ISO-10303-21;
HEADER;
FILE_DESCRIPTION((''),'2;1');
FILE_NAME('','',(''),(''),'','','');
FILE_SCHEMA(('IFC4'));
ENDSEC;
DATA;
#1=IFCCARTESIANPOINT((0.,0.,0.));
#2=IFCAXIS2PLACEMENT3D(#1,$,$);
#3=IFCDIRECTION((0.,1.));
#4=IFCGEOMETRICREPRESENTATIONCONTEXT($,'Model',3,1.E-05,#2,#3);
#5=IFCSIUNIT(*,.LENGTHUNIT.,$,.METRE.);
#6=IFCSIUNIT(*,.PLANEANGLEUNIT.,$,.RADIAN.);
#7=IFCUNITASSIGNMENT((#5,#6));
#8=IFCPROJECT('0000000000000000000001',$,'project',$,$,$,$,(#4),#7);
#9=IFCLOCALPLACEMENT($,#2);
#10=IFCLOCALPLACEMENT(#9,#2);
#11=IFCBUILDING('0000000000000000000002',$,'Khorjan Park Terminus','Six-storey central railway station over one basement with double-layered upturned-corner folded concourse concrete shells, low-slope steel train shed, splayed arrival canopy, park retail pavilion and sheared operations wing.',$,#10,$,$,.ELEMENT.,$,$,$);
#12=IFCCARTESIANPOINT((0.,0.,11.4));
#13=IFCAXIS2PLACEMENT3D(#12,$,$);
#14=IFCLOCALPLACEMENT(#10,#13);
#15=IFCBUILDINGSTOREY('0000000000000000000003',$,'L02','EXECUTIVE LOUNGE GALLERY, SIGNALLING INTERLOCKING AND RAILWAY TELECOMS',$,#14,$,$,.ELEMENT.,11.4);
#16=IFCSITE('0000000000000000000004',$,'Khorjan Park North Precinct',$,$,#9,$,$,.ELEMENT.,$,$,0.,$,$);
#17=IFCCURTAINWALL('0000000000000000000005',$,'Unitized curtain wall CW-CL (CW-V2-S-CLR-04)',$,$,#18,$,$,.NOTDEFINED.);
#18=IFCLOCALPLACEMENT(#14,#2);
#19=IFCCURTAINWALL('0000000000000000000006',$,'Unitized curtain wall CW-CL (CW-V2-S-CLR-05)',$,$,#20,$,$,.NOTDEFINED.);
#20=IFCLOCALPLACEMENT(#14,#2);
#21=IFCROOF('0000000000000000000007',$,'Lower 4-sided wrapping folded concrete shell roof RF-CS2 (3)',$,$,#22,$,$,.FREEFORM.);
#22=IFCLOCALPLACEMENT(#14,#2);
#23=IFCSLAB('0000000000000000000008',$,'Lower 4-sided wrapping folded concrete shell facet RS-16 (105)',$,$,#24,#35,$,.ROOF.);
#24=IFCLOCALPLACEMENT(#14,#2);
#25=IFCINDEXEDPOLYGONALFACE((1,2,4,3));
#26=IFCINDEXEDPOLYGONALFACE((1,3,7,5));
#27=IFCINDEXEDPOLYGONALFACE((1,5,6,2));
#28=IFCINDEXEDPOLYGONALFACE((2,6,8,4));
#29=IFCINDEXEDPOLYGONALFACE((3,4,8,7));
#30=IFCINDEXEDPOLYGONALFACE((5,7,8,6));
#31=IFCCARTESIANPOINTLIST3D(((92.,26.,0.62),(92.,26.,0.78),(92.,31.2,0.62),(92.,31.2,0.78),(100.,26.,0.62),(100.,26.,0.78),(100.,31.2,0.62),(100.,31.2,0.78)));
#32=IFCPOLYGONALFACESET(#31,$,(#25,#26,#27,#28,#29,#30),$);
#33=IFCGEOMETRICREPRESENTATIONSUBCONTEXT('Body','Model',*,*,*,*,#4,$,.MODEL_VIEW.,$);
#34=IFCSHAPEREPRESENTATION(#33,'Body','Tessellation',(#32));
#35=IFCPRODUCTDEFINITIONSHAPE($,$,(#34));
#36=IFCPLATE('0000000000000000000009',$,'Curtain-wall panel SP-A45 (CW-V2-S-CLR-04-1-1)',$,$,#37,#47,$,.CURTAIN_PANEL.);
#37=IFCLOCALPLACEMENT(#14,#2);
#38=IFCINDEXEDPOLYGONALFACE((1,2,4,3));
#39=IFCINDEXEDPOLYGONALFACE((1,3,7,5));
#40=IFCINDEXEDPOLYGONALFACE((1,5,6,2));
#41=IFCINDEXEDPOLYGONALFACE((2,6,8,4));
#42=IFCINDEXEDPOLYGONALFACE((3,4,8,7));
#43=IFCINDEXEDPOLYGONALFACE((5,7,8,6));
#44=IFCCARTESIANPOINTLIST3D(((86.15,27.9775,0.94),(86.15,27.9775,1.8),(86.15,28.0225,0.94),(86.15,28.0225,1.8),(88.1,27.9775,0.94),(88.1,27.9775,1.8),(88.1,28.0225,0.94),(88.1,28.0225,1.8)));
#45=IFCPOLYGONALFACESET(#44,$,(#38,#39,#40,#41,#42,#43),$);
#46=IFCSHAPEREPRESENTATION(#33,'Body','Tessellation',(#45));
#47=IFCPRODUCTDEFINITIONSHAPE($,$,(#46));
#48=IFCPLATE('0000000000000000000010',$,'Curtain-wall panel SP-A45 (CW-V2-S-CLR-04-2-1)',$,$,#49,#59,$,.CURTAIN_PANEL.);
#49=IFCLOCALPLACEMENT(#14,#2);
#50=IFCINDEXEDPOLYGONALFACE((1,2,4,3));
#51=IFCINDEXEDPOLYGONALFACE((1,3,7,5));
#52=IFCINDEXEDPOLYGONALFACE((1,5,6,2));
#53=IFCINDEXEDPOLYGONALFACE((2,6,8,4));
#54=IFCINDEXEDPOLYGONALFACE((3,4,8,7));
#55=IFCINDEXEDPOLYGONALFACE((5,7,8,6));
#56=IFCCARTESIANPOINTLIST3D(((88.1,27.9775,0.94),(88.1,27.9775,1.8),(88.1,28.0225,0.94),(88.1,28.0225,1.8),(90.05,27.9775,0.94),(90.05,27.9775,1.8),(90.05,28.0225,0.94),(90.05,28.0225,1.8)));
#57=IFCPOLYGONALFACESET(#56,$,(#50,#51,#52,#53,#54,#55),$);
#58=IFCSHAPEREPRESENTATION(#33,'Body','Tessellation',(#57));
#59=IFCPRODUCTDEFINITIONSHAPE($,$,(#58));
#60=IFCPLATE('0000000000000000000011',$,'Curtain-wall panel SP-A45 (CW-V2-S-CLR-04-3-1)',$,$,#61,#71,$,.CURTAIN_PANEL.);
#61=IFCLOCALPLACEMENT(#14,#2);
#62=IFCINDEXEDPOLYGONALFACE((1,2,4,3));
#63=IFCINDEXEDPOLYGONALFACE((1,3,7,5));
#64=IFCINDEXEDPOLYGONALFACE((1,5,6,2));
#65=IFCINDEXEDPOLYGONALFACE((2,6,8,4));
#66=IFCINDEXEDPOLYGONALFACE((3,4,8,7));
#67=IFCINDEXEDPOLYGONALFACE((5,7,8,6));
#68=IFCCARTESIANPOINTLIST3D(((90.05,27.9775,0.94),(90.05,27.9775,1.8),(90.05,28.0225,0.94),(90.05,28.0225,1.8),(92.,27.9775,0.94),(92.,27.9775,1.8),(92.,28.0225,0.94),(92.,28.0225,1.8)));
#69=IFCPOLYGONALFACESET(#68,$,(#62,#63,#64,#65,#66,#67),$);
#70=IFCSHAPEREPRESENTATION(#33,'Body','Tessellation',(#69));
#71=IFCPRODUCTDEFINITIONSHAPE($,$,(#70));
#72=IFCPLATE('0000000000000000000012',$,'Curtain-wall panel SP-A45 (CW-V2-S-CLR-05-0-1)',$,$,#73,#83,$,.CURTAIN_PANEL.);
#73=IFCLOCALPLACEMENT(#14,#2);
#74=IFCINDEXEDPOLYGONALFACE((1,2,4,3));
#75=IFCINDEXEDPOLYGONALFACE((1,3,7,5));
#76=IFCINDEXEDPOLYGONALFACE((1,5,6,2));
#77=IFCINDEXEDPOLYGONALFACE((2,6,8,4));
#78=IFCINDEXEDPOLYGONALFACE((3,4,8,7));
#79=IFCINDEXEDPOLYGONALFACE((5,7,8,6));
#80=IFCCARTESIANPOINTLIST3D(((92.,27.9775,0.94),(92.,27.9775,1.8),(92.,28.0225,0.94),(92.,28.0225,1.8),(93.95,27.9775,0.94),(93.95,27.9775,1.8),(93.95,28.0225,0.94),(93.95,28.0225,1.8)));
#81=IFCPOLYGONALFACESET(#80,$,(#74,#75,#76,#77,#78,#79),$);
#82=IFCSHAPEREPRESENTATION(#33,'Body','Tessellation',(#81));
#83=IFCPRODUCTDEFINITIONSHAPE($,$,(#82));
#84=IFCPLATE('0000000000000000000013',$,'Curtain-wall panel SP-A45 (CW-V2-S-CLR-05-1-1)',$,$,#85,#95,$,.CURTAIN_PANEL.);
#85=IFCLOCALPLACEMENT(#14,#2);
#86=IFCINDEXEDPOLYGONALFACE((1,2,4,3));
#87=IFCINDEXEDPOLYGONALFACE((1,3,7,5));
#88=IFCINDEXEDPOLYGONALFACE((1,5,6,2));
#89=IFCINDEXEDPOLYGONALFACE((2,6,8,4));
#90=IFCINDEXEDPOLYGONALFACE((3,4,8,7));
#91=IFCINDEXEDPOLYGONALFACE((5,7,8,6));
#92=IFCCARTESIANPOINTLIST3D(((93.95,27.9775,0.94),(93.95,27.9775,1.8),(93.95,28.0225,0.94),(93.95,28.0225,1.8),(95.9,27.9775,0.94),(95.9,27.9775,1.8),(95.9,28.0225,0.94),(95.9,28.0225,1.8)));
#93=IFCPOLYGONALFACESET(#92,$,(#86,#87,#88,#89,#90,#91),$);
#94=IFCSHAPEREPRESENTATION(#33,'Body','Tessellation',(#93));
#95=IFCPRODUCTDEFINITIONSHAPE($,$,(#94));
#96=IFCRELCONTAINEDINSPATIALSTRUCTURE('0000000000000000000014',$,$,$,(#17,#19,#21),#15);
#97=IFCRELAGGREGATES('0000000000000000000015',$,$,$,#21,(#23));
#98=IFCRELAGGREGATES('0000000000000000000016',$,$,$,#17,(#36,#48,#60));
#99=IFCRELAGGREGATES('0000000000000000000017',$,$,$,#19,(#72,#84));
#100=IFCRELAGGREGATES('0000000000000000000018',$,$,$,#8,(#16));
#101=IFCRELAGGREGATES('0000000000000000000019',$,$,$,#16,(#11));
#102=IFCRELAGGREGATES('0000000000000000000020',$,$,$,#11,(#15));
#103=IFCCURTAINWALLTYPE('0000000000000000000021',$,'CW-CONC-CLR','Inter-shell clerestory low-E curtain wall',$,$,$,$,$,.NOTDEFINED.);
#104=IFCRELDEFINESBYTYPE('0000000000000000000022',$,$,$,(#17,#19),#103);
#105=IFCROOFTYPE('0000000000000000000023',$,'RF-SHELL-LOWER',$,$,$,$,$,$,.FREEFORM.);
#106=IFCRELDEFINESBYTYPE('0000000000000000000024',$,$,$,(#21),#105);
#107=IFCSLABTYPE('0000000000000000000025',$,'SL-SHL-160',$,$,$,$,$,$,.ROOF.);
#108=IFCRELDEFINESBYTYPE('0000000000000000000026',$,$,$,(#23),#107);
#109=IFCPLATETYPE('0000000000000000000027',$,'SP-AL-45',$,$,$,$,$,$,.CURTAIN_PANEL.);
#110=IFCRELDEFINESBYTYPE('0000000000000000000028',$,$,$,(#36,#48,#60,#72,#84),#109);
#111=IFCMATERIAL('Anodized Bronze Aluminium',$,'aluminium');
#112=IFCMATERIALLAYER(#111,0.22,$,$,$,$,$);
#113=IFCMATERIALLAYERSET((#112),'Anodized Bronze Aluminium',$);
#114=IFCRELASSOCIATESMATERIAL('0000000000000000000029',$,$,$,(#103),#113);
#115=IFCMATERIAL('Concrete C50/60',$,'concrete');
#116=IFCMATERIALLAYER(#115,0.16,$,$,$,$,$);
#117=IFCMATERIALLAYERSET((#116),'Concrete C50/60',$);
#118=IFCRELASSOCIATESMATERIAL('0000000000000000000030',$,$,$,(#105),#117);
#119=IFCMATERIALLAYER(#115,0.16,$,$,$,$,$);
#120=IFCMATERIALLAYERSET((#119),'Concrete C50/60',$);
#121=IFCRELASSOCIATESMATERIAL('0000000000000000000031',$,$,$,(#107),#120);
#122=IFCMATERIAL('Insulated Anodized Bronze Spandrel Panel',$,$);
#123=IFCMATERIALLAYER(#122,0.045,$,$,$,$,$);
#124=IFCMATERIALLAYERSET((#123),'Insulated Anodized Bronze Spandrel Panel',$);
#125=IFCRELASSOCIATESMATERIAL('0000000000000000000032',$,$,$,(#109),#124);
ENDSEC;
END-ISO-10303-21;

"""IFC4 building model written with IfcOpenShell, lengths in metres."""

from ifc_helpers import new_model, si_unit, direction, frame, origin, origin_2d, place, context, subcontext, project, spatial, polyline, rectangle, outline, extrude, material, layer, layer_set, type_object, element, aggregate, save


model = new_model("IFC4")

# Units and contexts
model_context = context("Model", 3, precision=1e-05, world=origin(), true_north=direction((0.0, 1.0)))
body_context = subcontext(model_context, "Body", "Model", "MODEL_VIEW")
ifc_project = project(units=[si_unit("LENGTHUNIT", "METRE"), si_unit("PLANEANGLEUNIT", "RADIAN")], contexts=[model_context])

# Site, building, storey
site_placement = place(None, origin())
site = spatial("IfcSite", under=ifc_project, at=site_placement, Name="Khorjan Park North Precinct", CompositionType="ELEMENT", RefElevation=0.0)
building_placement = place(site_placement, origin())
building = spatial("IfcBuilding", under=site, at=building_placement, Name="Khorjan Park Terminus", Description="Six-storey central railway station over one basement with double-layered upturned-corner folded concourse concrete shells, low-slope steel train shed, splayed arrival canopy, park retail pavilion and sheared operations wing.", CompositionType="ELEMENT")
storey_placement = place(building_placement, frame((0.0, 0.0, 11.4)))
storey = spatial("IfcBuildingStorey", under=building, at=storey_placement, Name="L02", Description="EXECUTIVE LOUNGE GALLERY, SIGNALLING INTERLOCKING AND RAILWAY TELECOMS", CompositionType="ELEMENT", Elevation=11.4)

# Curtain walls
ifc_material_1 = material(Name="Anodized Bronze Aluminium", Category="aluminium")
ifc_layer_1 = layer(ifc_material_1, 0.22)
ifc_layer_set_1 = layer_set([ifc_layer_1], Name="Anodized Bronze Aluminium")
curtain_wall_type = type_object("IfcCurtainWallType", Name="CW-CONC-CLR", Description="Inter-shell clerestory low-E curtain wall", PredefinedType="NOTDEFINED", material=ifc_layer_set_1)
curtain_wall_1_placement = place(storey_placement, origin())
curtain_wall_1 = element("IfcCurtainWall", 1, at=curtain_wall_1_placement, inside=storey, type_object=curtain_wall_type, Name="Unitized curtain wall CW-CL (CW-V2-S-CLR-04)", PredefinedType="NOTDEFINED")
curtain_wall_2_placement = place(storey_placement, origin())
curtain_wall_2 = element("IfcCurtainWall", 2, at=curtain_wall_2_placement, inside=storey, type_object=curtain_wall_type, Name="Unitized curtain wall CW-CL (CW-V2-S-CLR-05)", PredefinedType="NOTDEFINED")

# Roof, slab
ifc_material_2 = material(Name="Concrete C50/60", Category="concrete")
ifc_layer_2 = layer(ifc_material_2, 0.16)
ifc_layer_set_2 = layer_set([ifc_layer_2], Name="Concrete C50/60")
roof_type = type_object("IfcRoofType", Name="RF-SHELL-LOWER", PredefinedType="FREEFORM", material=ifc_layer_set_2)
roof_placement = place(storey_placement, origin())
roof = element("IfcRoof", 3, at=roof_placement, inside=storey, type_object=roof_type, Name="Lower 4-sided wrapping folded concrete shell roof RF-CS2 (3)", PredefinedType="FREEFORM")
ifc_layer_3 = layer(ifc_material_2, 0.16)
ifc_layer_set_3 = layer_set([ifc_layer_3], Name="Concrete C50/60")
slab_type = type_object("IfcSlabType", Name="SL-SHL-160", PredefinedType="ROOF", material=ifc_layer_set_3)
slab_placement = place(storey_placement, frame((92.0, 26.0, 0.78), z_axis=(0.0, 0.0, 1.0), x_axis=(1.0, 0.0, 0.0)))
slab = element("IfcSlab", 4, at=slab_placement, type_object=slab_type, Name="Lower 4-sided wrapping folded concrete shell facet RS-16 (105)", PredefinedType="ROOF", context=body_context, shape_type="SweptSolid", body=[
    extrude(outline(polyline([(0.0, 0.0), (8.0, 0.0), (8.0, 5.2), (0.0, 5.2), (0.0, 0.0)])), origin(), (0.0, 0.0, -1.0), 0.16),
])
aggregate(roof, [slab])

# Plates
ifc_material_3 = material(Name="Insulated Anodized Bronze Spandrel Panel")
ifc_layer_4 = layer(ifc_material_3, 0.045)
ifc_layer_set_4 = layer_set([ifc_layer_4], Name="Insulated Anodized Bronze Spandrel Panel")
plate_type_1 = type_object("IfcPlateType", Name="SP-AL-45", PredefinedType="CURTAIN_PANEL", material=ifc_layer_set_4)
plate_1_placement = place(storey_placement, frame((87.125, 28.0, 0.94), z_axis=(0.0, 0.0, 1.0), x_axis=(1.0, 0.0, 0.0)))
plate_1 = element("IfcPlate", 5, at=plate_1_placement, type_object=plate_type_1, Name="Curtain-wall panel SP-A45 (CW-V2-S-CLR-04-1-1)", PredefinedType="CURTAIN_PANEL", context=body_context, shape_type="SweptSolid", body=[
    extrude(rectangle(XDim=1.95, YDim=0.045, at=origin_2d()), origin(), (0.0, 0.0, 1.0), 0.86),
])
plate_2_placement = place(storey_placement, frame((89.075, 28.0, 0.94), z_axis=(0.0, 0.0, 1.0), x_axis=(1.0, 0.0, 0.0)))
plate_2 = element("IfcPlate", 6, at=plate_2_placement, type_object=plate_type_1, Name="Curtain-wall panel SP-A45 (CW-V2-S-CLR-04-2-1)", PredefinedType="CURTAIN_PANEL", context=body_context, shape_type="SweptSolid", body=[
    extrude(rectangle(XDim=1.95, YDim=0.045, at=origin_2d()), origin(), (0.0, 0.0, 1.0), 0.86),
])
plate_3_placement = place(storey_placement, frame((91.025, 28.0, 0.94), z_axis=(0.0, 0.0, 1.0), x_axis=(1.0, 0.0, 0.0)))
plate_3 = element("IfcPlate", 7, at=plate_3_placement, type_object=plate_type_1, Name="Curtain-wall panel SP-A45 (CW-V2-S-CLR-04-3-1)", PredefinedType="CURTAIN_PANEL", context=body_context, shape_type="SweptSolid", body=[
    extrude(rectangle(XDim=1.95, YDim=0.045, at=origin_2d()), origin(), (0.0, 0.0, 1.0), 0.86),
])
aggregate(curtain_wall_1, [plate_1, plate_2, plate_3])
plate_4_placement = place(storey_placement, frame((92.975, 28.0, 0.94), z_axis=(0.0, 0.0, 1.0), x_axis=(1.0, 0.0, 0.0)))
plate_4 = element("IfcPlate", 8, at=plate_4_placement, type_object=plate_type_1, Name="Curtain-wall panel SP-A45 (CW-V2-S-CLR-05-0-1)", PredefinedType="CURTAIN_PANEL", context=body_context, shape_type="SweptSolid", body=[
    extrude(rectangle(XDim=1.95, YDim=0.045, at=origin_2d()), origin(), (0.0, 0.0, 1.0), 0.86),
])
plate_5_placement = place(storey_placement, frame((94.925, 28.0, 0.94), z_axis=(0.0, 0.0, 1.0), x_axis=(1.0, 0.0, 0.0)))
plate_5 = element("IfcPlate", 9, at=plate_5_placement, type_object=plate_type_1, Name="Curtain-wall panel SP-A45 (CW-V2-S-CLR-05-1-1)", PredefinedType="CURTAIN_PANEL", context=body_context, shape_type="SweptSolid", body=[
    extrude(rectangle(XDim=1.95, YDim=0.045, at=origin_2d()), origin(), (0.0, 0.0, 1.0), 0.86),
])
aggregate(curtain_wall_2, [plate_4, plate_5])

save(model, "model.ifc")
